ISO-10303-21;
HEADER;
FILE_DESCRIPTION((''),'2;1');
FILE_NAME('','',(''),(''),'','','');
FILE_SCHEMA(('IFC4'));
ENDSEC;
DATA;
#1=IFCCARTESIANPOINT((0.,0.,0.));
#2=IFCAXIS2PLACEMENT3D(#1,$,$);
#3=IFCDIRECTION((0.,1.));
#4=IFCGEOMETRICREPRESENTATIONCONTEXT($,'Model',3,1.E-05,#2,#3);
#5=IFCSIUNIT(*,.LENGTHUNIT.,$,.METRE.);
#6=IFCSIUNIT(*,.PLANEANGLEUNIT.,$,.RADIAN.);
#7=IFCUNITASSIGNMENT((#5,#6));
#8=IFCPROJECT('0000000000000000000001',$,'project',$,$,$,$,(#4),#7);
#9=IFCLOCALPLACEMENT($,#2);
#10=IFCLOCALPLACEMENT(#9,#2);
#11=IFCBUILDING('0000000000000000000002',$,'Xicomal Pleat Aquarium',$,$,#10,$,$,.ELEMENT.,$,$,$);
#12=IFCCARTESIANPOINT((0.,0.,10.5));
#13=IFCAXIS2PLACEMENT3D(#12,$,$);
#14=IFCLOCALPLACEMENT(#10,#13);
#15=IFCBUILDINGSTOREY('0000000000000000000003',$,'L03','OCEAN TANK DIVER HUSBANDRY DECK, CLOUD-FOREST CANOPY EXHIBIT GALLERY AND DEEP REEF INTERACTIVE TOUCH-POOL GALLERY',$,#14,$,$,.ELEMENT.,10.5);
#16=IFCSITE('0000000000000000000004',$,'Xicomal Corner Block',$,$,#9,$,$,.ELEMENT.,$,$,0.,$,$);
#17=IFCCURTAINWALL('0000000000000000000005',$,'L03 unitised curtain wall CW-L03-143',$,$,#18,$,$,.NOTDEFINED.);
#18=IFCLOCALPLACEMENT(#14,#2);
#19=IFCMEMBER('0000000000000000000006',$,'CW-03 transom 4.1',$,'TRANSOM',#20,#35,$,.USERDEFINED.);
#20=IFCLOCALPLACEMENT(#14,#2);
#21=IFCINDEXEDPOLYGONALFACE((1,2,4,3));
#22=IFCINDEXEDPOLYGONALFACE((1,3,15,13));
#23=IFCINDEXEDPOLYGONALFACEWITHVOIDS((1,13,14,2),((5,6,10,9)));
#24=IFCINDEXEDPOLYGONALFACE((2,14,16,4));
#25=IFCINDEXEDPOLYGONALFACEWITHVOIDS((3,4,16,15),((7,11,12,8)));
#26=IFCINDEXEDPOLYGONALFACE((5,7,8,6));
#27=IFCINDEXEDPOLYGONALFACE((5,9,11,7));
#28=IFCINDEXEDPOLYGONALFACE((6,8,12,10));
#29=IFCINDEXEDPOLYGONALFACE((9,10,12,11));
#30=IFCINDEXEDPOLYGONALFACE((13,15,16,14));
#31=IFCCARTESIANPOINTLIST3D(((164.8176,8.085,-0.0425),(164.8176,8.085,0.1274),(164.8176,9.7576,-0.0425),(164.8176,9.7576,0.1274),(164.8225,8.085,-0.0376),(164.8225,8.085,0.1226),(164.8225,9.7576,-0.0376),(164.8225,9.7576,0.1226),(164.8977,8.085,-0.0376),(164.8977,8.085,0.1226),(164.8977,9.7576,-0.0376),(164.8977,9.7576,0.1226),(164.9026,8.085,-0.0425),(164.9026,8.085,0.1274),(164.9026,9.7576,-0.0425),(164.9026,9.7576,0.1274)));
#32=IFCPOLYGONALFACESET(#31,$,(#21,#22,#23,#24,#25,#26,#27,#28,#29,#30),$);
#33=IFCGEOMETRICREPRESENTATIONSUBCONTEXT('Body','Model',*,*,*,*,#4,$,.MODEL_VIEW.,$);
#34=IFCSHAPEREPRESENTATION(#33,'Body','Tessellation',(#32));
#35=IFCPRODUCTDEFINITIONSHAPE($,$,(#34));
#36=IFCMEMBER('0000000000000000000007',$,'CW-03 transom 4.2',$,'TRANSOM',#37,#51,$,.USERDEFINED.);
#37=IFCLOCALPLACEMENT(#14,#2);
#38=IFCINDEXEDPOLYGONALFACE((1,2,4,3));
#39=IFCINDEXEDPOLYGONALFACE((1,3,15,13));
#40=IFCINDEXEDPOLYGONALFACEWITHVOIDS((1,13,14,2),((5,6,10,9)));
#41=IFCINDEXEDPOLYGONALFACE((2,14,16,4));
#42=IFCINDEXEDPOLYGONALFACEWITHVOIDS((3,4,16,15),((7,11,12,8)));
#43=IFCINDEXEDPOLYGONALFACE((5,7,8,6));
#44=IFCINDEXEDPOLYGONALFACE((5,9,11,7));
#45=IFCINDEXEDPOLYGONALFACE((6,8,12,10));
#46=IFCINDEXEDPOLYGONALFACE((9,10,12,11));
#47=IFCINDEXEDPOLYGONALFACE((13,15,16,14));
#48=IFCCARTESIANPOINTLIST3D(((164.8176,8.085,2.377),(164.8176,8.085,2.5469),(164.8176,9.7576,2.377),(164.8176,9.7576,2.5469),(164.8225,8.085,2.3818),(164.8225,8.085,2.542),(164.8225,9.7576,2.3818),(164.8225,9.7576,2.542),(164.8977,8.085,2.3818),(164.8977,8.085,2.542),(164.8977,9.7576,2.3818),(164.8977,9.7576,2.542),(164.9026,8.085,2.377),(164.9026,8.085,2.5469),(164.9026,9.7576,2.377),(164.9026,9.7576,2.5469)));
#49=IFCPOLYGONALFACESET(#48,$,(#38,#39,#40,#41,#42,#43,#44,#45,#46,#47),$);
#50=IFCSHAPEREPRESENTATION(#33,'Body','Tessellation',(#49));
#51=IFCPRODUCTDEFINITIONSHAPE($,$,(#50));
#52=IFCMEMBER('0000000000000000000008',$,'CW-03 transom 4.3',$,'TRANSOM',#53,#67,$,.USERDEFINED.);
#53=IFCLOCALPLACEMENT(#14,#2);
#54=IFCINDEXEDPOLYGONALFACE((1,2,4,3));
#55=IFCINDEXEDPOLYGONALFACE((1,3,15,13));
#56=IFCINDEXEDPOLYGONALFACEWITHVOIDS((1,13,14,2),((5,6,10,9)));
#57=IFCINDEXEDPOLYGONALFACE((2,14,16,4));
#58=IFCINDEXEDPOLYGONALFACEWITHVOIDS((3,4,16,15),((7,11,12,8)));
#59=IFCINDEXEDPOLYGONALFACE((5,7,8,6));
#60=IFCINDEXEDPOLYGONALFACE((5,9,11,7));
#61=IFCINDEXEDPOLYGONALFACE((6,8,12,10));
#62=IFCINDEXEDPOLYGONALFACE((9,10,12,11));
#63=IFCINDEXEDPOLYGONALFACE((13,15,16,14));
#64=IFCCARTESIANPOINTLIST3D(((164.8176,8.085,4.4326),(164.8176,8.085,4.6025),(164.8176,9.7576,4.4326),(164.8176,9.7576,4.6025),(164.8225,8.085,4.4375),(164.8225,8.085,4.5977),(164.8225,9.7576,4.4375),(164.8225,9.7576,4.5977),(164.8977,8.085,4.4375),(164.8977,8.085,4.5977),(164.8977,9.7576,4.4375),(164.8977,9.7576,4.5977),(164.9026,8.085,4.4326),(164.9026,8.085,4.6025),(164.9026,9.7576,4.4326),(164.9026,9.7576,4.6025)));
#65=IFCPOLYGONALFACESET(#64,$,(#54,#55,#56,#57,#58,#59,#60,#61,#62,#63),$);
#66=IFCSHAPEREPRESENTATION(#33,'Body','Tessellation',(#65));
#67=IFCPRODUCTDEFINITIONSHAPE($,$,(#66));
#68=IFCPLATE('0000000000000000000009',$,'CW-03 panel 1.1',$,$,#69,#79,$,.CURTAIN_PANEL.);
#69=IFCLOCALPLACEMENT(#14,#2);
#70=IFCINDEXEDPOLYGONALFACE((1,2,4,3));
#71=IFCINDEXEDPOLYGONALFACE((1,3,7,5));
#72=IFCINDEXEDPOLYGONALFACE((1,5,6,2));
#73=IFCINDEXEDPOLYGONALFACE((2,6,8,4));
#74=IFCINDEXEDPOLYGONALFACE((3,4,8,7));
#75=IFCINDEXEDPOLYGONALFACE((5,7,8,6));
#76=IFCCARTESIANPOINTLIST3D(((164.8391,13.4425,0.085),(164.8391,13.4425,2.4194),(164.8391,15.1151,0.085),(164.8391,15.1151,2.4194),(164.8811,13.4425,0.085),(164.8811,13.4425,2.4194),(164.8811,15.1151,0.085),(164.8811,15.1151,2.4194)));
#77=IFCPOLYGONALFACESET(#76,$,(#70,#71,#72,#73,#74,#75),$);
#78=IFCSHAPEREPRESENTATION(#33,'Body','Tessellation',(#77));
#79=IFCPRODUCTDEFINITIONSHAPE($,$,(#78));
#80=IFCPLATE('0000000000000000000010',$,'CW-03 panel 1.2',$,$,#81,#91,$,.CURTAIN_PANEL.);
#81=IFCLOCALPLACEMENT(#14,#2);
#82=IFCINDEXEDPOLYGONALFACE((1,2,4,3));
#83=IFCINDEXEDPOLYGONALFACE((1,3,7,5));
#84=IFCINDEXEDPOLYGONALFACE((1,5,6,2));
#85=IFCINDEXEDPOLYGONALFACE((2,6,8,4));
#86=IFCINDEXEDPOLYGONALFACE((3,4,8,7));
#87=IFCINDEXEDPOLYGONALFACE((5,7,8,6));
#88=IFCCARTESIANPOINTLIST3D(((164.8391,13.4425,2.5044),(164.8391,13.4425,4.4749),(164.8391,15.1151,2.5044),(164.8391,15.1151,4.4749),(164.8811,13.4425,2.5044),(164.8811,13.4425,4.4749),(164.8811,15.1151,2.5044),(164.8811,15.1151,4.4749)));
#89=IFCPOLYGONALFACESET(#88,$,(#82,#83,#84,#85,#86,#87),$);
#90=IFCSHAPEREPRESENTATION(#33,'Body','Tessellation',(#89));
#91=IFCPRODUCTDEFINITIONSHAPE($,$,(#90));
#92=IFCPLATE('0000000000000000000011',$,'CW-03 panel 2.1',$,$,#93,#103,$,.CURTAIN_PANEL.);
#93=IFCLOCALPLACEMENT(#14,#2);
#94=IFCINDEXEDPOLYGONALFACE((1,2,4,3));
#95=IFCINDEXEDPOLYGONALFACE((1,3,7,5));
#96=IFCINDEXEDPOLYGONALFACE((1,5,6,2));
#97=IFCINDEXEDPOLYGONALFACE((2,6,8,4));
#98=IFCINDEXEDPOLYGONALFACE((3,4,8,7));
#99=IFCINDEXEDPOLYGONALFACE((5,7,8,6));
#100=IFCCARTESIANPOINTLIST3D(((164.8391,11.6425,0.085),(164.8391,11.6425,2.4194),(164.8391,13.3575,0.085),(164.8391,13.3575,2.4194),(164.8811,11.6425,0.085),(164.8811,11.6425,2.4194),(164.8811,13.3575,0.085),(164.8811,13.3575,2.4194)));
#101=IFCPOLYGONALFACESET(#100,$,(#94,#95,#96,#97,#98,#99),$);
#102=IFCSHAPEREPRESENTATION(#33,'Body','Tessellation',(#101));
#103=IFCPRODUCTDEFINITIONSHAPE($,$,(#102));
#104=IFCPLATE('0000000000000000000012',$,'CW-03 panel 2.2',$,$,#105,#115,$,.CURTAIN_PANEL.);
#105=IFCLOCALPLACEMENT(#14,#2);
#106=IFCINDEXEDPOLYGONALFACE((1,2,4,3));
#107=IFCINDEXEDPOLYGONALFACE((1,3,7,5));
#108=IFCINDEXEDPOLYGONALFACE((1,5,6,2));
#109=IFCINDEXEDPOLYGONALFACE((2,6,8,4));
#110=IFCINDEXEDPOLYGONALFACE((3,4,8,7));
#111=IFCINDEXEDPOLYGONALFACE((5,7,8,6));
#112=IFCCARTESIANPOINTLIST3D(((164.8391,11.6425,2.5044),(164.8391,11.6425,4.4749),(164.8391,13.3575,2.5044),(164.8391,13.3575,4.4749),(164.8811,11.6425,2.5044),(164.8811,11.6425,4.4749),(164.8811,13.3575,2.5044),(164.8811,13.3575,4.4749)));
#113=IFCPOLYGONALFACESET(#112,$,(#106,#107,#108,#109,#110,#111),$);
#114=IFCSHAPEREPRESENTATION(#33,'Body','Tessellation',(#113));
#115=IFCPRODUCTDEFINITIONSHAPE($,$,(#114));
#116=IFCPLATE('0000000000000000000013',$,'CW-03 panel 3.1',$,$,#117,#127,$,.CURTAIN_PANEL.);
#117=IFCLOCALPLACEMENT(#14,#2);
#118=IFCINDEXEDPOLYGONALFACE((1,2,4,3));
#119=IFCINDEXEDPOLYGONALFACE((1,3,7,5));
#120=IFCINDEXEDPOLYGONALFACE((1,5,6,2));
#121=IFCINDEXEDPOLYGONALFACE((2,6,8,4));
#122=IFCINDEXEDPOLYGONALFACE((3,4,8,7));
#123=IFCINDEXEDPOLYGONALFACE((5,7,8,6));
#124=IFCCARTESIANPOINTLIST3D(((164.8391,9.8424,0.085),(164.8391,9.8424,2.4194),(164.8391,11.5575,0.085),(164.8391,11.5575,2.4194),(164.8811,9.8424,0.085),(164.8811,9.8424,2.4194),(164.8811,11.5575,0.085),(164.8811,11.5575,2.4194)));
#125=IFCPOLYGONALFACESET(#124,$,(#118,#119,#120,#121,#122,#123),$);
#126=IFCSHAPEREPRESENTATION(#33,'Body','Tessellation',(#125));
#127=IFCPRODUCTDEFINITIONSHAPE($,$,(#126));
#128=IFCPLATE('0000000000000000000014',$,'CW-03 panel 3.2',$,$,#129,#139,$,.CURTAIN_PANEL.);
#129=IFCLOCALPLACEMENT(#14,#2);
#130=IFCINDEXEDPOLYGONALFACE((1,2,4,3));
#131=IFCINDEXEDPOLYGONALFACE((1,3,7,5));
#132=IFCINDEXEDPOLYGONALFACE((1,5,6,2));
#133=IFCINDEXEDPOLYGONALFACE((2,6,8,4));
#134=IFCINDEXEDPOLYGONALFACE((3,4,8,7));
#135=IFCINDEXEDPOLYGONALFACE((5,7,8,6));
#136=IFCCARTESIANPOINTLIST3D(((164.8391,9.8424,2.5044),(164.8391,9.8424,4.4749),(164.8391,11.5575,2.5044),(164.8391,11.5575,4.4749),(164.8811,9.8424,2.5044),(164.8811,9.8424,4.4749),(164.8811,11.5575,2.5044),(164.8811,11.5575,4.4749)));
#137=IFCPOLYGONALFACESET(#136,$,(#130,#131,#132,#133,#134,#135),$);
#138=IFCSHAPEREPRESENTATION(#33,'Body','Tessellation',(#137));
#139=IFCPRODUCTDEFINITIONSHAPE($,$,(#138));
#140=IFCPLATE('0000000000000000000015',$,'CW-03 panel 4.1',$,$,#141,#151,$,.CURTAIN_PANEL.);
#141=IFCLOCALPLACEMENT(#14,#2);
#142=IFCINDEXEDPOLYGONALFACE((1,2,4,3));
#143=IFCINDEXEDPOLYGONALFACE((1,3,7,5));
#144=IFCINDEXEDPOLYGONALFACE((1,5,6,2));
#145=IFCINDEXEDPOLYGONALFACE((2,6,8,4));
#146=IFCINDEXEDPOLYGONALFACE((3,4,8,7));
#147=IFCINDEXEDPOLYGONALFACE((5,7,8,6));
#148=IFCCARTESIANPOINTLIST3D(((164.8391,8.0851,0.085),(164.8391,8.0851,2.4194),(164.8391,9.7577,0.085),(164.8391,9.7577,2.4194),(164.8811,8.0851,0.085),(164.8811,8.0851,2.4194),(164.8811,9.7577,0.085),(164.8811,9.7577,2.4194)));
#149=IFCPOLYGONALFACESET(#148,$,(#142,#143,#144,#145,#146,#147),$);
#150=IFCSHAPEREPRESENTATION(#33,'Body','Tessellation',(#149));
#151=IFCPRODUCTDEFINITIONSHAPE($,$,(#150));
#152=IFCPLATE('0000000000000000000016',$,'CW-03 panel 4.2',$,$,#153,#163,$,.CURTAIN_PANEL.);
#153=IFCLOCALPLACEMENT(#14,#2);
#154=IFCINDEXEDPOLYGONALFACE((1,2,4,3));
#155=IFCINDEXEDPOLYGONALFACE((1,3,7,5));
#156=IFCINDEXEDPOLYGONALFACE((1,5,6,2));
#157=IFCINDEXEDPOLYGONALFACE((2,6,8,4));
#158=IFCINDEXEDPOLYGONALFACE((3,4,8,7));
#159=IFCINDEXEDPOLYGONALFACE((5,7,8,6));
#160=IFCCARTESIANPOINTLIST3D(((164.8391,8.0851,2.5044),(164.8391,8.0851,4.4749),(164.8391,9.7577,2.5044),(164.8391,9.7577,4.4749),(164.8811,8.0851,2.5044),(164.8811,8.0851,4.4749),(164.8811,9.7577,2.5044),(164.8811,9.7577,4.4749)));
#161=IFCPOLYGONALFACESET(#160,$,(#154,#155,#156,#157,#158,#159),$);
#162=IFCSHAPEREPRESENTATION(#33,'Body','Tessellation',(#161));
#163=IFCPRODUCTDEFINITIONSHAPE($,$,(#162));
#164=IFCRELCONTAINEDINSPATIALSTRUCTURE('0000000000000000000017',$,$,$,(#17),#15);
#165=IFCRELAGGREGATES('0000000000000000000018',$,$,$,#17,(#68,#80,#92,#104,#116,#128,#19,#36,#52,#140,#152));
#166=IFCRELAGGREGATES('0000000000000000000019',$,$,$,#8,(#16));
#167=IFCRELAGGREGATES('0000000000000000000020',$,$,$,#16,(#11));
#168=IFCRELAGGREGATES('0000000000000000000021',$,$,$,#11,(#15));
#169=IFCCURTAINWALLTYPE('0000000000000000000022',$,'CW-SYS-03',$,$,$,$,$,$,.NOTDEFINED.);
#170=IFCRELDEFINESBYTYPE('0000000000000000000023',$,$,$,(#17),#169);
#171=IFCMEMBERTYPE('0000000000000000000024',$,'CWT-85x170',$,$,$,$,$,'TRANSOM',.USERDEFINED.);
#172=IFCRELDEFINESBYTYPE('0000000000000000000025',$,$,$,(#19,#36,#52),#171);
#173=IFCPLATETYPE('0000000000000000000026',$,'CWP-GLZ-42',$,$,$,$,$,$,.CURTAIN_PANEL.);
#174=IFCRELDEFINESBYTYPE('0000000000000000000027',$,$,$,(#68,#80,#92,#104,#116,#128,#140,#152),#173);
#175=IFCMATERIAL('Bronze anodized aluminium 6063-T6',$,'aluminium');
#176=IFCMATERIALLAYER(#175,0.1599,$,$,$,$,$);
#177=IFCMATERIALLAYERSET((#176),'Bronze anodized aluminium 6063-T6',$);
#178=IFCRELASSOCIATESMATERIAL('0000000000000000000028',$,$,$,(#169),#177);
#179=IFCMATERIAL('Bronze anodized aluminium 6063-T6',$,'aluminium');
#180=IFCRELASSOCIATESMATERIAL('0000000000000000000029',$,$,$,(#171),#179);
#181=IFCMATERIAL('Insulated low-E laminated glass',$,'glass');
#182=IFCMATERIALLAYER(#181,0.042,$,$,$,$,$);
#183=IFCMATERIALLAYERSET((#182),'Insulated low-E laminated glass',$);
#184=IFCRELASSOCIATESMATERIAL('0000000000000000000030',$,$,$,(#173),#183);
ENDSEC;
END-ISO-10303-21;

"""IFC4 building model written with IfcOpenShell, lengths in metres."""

from ifc_helpers import new_model, si_unit, direction, frame, origin, origin_2d, place, context, subcontext, project, spatial, rectangle, hollow_rectangle, extrude, material, layer, layer_set, material_profile, profile_set, type_object, element, aggregate, save


model = new_model("IFC4")

# Units and contexts
model_context = context("Model", 3, precision=1e-05, world=origin(), true_north=direction((0.0, 1.0)))
body_context = subcontext(model_context, "Body", "Model", "MODEL_VIEW")
ifc_project = project(units=[si_unit("LENGTHUNIT", "METRE"), si_unit("PLANEANGLEUNIT", "RADIAN")], contexts=[model_context])

# Site, building, storey
site_placement = place(None, origin())
site = spatial("IfcSite", under=ifc_project, at=site_placement, Name="Xicomal Corner Block", CompositionType="ELEMENT", RefElevation=0.0)
building_placement = place(site_placement, origin())
building = spatial("IfcBuilding", under=site, at=building_placement, Name="Xicomal Pleat Aquarium", CompositionType="ELEMENT")
storey_placement = place(building_placement, frame((0.0, 0.0, 10.5)))
storey = spatial("IfcBuildingStorey", under=building, at=storey_placement, Name="L03", Description="OCEAN TANK DIVER HUSBANDRY DECK, CLOUD-FOREST CANOPY EXHIBIT GALLERY AND DEEP REEF INTERACTIVE TOUCH-POOL GALLERY", CompositionType="ELEMENT", Elevation=10.5)

# Curtain wall, members, plates
ifc_material_1 = material(Name="Bronze anodized aluminium 6063-T6", Category="aluminium")
ifc_layer_1 = layer(ifc_material_1, 0.1599)
ifc_layer_set_1 = layer_set([ifc_layer_1], Name="Bronze anodized aluminium 6063-T6")
curtain_wall_type = type_object("IfcCurtainWallType", Name="CW-SYS-03", PredefinedType="NOTDEFINED", material=ifc_layer_set_1)
curtain_wall_placement = place(storey_placement, origin())
curtain_wall = element("IfcCurtainWall", 1, at=curtain_wall_placement, inside=storey, type_object=curtain_wall_type, Name="L03 unitised curtain wall CW-L03-143", PredefinedType="NOTDEFINED")
ifc_material_2 = material(Name="Bronze anodized aluminium 6063-T6", Category="aluminium")
ifc_material_profile_1 = material_profile(ifc_material_2, hollow_rectangle(XDim=0.085, YDim=0.1699, WallThickness=0.0049, at=origin_2d()), Name="ALU TRAN 85x170")
ifc_profile_set_1 = profile_set([ifc_material_profile_1], Name="Bronze anodized aluminium 6063-T6")
member_type_1 = type_object("IfcMemberType", Name="CWT-85x170", ElementType="TRANSOM", PredefinedType="USERDEFINED", material=ifc_profile_set_1)
member_1_placement = place(storey_placement, frame((164.8601, 9.7576, 0.0425), z_axis=(0.0, -1.0, 0.0), x_axis=(1.0, 0.0, 0.0)))
member_1 = element("IfcMember", 2, at=member_1_placement, type_object=member_type_1, Name="CW-03 transom 4.1", ObjectType="TRANSOM", PredefinedType="USERDEFINED", context=body_context, shape_type="SweptSolid", body=[
    extrude(hollow_rectangle(XDim=0.085, YDim=0.1699, WallThickness=0.0049, at=origin_2d()), origin(), (0.0, 0.0, 1.0), 1.6726),
])
member_2_placement = place(storey_placement, frame((164.8601, 9.7576, 2.4619), z_axis=(0.0, -1.0, 0.0), x_axis=(1.0, 0.0, 0.0)))
member_2 = element("IfcMember", 3, at=member_2_placement, type_object=member_type_1, Name="CW-03 transom 4.2", ObjectType="TRANSOM", PredefinedType="USERDEFINED", context=body_context, shape_type="SweptSolid", body=[
    extrude(hollow_rectangle(XDim=0.085, YDim=0.1699, WallThickness=0.0049, at=origin_2d()), origin(), (0.0, 0.0, 1.0), 1.6726),
])
member_3_placement = place(storey_placement, frame((164.8601, 9.7576, 4.5176), z_axis=(0.0, -1.0, 0.0), x_axis=(1.0, 0.0, 0.0)))
member_3 = element("IfcMember", 4, at=member_3_placement, type_object=member_type_1, Name="CW-03 transom 4.3", ObjectType="TRANSOM", PredefinedType="USERDEFINED", context=body_context, shape_type="SweptSolid", body=[
    extrude(hollow_rectangle(XDim=0.085, YDim=0.1699, WallThickness=0.0049, at=origin_2d()), origin(), (0.0, 0.0, 1.0), 1.6726),
])
ifc_material_3 = material(Name="Insulated low-E laminated glass", Category="glass")
ifc_layer_2 = layer(ifc_material_3, 0.042)
ifc_layer_set_2 = layer_set([ifc_layer_2], Name="Insulated low-E laminated glass")
plate_type = type_object("IfcPlateType", Name="CWP-GLZ-42", PredefinedType="CURTAIN_PANEL", material=ifc_layer_set_2)
plate_1_placement = place(storey_placement, frame((164.8601, 14.2788, 0.085), z_axis=(0.0, 0.0, 1.0), x_axis=(0.0, -1.0, 0.0)))
plate_1 = element("IfcPlate", 5, at=plate_1_placement, type_object=plate_type, Name="CW-03 panel 1.1", PredefinedType="CURTAIN_PANEL", context=body_context, shape_type="SweptSolid", body=[
    extrude(rectangle(XDim=1.6726, YDim=0.042, at=origin_2d()), origin(), (0.0, 0.0, 1.0), 2.3345),
])
plate_2_placement = place(storey_placement, frame((164.8601, 14.2788, 2.5044), z_axis=(0.0, 0.0, 1.0), x_axis=(0.0, -1.0, 0.0)))
plate_2 = element("IfcPlate", 6, at=plate_2_placement, type_object=plate_type, Name="CW-03 panel 1.2", PredefinedType="CURTAIN_PANEL", context=body_context, shape_type="SweptSolid", body=[
    extrude(rectangle(XDim=1.6726, YDim=0.042, at=origin_2d()), origin(), (0.0, 0.0, 1.0), 1.9705),
])
plate_3_placement = place(storey_placement, frame((164.8601, 12.5, 0.085), z_axis=(0.0, 0.0, 1.0), x_axis=(0.0, -1.0, 0.0)))
plate_3 = element("IfcPlate", 7, at=plate_3_placement, type_object=plate_type, Name="CW-03 panel 2.1", PredefinedType="CURTAIN_PANEL", context=body_context, shape_type="SweptSolid", body=[
    extrude(rectangle(XDim=1.7151, YDim=0.042, at=origin_2d()), origin(), (0.0, 0.0, 1.0), 2.3345),
])
plate_4_placement = place(storey_placement, frame((164.8601, 12.5, 2.5044), z_axis=(0.0, 0.0, 1.0), x_axis=(0.0, -1.0, 0.0)))
plate_4 = element("IfcPlate", 8, at=plate_4_placement, type_object=plate_type, Name="CW-03 panel 2.2", PredefinedType="CURTAIN_PANEL", context=body_context, shape_type="SweptSolid", body=[
    extrude(rectangle(XDim=1.7151, YDim=0.042, at=origin_2d()), origin(), (0.0, 0.0, 1.0), 1.9705),
])
plate_5_placement = place(storey_placement, frame((164.8601, 10.7, 0.085), z_axis=(0.0, 0.0, 1.0), x_axis=(0.0, -1.0, 0.0)))
plate_5 = element("IfcPlate", 9, at=plate_5_placement, type_object=plate_type, Name="CW-03 panel 3.1", PredefinedType="CURTAIN_PANEL", context=body_context, shape_type="SweptSolid", body=[
    extrude(rectangle(XDim=1.7151, YDim=0.042, at=origin_2d()), origin(), (0.0, 0.0, 1.0), 2.3345),
])
plate_6_placement = place(storey_placement, frame((164.8601, 10.7, 2.5044), z_axis=(0.0, 0.0, 1.0), x_axis=(0.0, -1.0, 0.0)))
plate_6 = element("IfcPlate", 10, at=plate_6_placement, type_object=plate_type, Name="CW-03 panel 3.2", PredefinedType="CURTAIN_PANEL", context=body_context, shape_type="SweptSolid", body=[
    extrude(rectangle(XDim=1.7151, YDim=0.042, at=origin_2d()), origin(), (0.0, 0.0, 1.0), 1.9705),
])
plate_7_placement = place(storey_placement, frame((164.8601, 8.9214, 0.085), z_axis=(0.0, 0.0, 1.0), x_axis=(0.0, -1.0, 0.0)))
plate_7 = element("IfcPlate", 11, at=plate_7_placement, type_object=plate_type, Name="CW-03 panel 4.1", PredefinedType="CURTAIN_PANEL", context=body_context, shape_type="SweptSolid", body=[
    extrude(rectangle(XDim=1.6726, YDim=0.042, at=origin_2d()), origin(), (0.0, 0.0, 1.0), 2.3345),
])
plate_8_placement = place(storey_placement, frame((164.8601, 8.9214, 2.5044), z_axis=(0.0, 0.0, 1.0), x_axis=(0.0, -1.0, 0.0)))
plate_8 = element("IfcPlate", 12, at=plate_8_placement, type_object=plate_type, Name="CW-03 panel 4.2", PredefinedType="CURTAIN_PANEL", context=body_context, shape_type="SweptSolid", body=[
    extrude(rectangle(XDim=1.6726, YDim=0.042, at=origin_2d()), origin(), (0.0, 0.0, 1.0), 1.9705),
])
aggregate(curtain_wall, [plate_1, plate_2, plate_3, plate_4, plate_5, plate_6, member_1, member_2, member_3, plate_7, plate_8])

save(model, "model.ifc")
